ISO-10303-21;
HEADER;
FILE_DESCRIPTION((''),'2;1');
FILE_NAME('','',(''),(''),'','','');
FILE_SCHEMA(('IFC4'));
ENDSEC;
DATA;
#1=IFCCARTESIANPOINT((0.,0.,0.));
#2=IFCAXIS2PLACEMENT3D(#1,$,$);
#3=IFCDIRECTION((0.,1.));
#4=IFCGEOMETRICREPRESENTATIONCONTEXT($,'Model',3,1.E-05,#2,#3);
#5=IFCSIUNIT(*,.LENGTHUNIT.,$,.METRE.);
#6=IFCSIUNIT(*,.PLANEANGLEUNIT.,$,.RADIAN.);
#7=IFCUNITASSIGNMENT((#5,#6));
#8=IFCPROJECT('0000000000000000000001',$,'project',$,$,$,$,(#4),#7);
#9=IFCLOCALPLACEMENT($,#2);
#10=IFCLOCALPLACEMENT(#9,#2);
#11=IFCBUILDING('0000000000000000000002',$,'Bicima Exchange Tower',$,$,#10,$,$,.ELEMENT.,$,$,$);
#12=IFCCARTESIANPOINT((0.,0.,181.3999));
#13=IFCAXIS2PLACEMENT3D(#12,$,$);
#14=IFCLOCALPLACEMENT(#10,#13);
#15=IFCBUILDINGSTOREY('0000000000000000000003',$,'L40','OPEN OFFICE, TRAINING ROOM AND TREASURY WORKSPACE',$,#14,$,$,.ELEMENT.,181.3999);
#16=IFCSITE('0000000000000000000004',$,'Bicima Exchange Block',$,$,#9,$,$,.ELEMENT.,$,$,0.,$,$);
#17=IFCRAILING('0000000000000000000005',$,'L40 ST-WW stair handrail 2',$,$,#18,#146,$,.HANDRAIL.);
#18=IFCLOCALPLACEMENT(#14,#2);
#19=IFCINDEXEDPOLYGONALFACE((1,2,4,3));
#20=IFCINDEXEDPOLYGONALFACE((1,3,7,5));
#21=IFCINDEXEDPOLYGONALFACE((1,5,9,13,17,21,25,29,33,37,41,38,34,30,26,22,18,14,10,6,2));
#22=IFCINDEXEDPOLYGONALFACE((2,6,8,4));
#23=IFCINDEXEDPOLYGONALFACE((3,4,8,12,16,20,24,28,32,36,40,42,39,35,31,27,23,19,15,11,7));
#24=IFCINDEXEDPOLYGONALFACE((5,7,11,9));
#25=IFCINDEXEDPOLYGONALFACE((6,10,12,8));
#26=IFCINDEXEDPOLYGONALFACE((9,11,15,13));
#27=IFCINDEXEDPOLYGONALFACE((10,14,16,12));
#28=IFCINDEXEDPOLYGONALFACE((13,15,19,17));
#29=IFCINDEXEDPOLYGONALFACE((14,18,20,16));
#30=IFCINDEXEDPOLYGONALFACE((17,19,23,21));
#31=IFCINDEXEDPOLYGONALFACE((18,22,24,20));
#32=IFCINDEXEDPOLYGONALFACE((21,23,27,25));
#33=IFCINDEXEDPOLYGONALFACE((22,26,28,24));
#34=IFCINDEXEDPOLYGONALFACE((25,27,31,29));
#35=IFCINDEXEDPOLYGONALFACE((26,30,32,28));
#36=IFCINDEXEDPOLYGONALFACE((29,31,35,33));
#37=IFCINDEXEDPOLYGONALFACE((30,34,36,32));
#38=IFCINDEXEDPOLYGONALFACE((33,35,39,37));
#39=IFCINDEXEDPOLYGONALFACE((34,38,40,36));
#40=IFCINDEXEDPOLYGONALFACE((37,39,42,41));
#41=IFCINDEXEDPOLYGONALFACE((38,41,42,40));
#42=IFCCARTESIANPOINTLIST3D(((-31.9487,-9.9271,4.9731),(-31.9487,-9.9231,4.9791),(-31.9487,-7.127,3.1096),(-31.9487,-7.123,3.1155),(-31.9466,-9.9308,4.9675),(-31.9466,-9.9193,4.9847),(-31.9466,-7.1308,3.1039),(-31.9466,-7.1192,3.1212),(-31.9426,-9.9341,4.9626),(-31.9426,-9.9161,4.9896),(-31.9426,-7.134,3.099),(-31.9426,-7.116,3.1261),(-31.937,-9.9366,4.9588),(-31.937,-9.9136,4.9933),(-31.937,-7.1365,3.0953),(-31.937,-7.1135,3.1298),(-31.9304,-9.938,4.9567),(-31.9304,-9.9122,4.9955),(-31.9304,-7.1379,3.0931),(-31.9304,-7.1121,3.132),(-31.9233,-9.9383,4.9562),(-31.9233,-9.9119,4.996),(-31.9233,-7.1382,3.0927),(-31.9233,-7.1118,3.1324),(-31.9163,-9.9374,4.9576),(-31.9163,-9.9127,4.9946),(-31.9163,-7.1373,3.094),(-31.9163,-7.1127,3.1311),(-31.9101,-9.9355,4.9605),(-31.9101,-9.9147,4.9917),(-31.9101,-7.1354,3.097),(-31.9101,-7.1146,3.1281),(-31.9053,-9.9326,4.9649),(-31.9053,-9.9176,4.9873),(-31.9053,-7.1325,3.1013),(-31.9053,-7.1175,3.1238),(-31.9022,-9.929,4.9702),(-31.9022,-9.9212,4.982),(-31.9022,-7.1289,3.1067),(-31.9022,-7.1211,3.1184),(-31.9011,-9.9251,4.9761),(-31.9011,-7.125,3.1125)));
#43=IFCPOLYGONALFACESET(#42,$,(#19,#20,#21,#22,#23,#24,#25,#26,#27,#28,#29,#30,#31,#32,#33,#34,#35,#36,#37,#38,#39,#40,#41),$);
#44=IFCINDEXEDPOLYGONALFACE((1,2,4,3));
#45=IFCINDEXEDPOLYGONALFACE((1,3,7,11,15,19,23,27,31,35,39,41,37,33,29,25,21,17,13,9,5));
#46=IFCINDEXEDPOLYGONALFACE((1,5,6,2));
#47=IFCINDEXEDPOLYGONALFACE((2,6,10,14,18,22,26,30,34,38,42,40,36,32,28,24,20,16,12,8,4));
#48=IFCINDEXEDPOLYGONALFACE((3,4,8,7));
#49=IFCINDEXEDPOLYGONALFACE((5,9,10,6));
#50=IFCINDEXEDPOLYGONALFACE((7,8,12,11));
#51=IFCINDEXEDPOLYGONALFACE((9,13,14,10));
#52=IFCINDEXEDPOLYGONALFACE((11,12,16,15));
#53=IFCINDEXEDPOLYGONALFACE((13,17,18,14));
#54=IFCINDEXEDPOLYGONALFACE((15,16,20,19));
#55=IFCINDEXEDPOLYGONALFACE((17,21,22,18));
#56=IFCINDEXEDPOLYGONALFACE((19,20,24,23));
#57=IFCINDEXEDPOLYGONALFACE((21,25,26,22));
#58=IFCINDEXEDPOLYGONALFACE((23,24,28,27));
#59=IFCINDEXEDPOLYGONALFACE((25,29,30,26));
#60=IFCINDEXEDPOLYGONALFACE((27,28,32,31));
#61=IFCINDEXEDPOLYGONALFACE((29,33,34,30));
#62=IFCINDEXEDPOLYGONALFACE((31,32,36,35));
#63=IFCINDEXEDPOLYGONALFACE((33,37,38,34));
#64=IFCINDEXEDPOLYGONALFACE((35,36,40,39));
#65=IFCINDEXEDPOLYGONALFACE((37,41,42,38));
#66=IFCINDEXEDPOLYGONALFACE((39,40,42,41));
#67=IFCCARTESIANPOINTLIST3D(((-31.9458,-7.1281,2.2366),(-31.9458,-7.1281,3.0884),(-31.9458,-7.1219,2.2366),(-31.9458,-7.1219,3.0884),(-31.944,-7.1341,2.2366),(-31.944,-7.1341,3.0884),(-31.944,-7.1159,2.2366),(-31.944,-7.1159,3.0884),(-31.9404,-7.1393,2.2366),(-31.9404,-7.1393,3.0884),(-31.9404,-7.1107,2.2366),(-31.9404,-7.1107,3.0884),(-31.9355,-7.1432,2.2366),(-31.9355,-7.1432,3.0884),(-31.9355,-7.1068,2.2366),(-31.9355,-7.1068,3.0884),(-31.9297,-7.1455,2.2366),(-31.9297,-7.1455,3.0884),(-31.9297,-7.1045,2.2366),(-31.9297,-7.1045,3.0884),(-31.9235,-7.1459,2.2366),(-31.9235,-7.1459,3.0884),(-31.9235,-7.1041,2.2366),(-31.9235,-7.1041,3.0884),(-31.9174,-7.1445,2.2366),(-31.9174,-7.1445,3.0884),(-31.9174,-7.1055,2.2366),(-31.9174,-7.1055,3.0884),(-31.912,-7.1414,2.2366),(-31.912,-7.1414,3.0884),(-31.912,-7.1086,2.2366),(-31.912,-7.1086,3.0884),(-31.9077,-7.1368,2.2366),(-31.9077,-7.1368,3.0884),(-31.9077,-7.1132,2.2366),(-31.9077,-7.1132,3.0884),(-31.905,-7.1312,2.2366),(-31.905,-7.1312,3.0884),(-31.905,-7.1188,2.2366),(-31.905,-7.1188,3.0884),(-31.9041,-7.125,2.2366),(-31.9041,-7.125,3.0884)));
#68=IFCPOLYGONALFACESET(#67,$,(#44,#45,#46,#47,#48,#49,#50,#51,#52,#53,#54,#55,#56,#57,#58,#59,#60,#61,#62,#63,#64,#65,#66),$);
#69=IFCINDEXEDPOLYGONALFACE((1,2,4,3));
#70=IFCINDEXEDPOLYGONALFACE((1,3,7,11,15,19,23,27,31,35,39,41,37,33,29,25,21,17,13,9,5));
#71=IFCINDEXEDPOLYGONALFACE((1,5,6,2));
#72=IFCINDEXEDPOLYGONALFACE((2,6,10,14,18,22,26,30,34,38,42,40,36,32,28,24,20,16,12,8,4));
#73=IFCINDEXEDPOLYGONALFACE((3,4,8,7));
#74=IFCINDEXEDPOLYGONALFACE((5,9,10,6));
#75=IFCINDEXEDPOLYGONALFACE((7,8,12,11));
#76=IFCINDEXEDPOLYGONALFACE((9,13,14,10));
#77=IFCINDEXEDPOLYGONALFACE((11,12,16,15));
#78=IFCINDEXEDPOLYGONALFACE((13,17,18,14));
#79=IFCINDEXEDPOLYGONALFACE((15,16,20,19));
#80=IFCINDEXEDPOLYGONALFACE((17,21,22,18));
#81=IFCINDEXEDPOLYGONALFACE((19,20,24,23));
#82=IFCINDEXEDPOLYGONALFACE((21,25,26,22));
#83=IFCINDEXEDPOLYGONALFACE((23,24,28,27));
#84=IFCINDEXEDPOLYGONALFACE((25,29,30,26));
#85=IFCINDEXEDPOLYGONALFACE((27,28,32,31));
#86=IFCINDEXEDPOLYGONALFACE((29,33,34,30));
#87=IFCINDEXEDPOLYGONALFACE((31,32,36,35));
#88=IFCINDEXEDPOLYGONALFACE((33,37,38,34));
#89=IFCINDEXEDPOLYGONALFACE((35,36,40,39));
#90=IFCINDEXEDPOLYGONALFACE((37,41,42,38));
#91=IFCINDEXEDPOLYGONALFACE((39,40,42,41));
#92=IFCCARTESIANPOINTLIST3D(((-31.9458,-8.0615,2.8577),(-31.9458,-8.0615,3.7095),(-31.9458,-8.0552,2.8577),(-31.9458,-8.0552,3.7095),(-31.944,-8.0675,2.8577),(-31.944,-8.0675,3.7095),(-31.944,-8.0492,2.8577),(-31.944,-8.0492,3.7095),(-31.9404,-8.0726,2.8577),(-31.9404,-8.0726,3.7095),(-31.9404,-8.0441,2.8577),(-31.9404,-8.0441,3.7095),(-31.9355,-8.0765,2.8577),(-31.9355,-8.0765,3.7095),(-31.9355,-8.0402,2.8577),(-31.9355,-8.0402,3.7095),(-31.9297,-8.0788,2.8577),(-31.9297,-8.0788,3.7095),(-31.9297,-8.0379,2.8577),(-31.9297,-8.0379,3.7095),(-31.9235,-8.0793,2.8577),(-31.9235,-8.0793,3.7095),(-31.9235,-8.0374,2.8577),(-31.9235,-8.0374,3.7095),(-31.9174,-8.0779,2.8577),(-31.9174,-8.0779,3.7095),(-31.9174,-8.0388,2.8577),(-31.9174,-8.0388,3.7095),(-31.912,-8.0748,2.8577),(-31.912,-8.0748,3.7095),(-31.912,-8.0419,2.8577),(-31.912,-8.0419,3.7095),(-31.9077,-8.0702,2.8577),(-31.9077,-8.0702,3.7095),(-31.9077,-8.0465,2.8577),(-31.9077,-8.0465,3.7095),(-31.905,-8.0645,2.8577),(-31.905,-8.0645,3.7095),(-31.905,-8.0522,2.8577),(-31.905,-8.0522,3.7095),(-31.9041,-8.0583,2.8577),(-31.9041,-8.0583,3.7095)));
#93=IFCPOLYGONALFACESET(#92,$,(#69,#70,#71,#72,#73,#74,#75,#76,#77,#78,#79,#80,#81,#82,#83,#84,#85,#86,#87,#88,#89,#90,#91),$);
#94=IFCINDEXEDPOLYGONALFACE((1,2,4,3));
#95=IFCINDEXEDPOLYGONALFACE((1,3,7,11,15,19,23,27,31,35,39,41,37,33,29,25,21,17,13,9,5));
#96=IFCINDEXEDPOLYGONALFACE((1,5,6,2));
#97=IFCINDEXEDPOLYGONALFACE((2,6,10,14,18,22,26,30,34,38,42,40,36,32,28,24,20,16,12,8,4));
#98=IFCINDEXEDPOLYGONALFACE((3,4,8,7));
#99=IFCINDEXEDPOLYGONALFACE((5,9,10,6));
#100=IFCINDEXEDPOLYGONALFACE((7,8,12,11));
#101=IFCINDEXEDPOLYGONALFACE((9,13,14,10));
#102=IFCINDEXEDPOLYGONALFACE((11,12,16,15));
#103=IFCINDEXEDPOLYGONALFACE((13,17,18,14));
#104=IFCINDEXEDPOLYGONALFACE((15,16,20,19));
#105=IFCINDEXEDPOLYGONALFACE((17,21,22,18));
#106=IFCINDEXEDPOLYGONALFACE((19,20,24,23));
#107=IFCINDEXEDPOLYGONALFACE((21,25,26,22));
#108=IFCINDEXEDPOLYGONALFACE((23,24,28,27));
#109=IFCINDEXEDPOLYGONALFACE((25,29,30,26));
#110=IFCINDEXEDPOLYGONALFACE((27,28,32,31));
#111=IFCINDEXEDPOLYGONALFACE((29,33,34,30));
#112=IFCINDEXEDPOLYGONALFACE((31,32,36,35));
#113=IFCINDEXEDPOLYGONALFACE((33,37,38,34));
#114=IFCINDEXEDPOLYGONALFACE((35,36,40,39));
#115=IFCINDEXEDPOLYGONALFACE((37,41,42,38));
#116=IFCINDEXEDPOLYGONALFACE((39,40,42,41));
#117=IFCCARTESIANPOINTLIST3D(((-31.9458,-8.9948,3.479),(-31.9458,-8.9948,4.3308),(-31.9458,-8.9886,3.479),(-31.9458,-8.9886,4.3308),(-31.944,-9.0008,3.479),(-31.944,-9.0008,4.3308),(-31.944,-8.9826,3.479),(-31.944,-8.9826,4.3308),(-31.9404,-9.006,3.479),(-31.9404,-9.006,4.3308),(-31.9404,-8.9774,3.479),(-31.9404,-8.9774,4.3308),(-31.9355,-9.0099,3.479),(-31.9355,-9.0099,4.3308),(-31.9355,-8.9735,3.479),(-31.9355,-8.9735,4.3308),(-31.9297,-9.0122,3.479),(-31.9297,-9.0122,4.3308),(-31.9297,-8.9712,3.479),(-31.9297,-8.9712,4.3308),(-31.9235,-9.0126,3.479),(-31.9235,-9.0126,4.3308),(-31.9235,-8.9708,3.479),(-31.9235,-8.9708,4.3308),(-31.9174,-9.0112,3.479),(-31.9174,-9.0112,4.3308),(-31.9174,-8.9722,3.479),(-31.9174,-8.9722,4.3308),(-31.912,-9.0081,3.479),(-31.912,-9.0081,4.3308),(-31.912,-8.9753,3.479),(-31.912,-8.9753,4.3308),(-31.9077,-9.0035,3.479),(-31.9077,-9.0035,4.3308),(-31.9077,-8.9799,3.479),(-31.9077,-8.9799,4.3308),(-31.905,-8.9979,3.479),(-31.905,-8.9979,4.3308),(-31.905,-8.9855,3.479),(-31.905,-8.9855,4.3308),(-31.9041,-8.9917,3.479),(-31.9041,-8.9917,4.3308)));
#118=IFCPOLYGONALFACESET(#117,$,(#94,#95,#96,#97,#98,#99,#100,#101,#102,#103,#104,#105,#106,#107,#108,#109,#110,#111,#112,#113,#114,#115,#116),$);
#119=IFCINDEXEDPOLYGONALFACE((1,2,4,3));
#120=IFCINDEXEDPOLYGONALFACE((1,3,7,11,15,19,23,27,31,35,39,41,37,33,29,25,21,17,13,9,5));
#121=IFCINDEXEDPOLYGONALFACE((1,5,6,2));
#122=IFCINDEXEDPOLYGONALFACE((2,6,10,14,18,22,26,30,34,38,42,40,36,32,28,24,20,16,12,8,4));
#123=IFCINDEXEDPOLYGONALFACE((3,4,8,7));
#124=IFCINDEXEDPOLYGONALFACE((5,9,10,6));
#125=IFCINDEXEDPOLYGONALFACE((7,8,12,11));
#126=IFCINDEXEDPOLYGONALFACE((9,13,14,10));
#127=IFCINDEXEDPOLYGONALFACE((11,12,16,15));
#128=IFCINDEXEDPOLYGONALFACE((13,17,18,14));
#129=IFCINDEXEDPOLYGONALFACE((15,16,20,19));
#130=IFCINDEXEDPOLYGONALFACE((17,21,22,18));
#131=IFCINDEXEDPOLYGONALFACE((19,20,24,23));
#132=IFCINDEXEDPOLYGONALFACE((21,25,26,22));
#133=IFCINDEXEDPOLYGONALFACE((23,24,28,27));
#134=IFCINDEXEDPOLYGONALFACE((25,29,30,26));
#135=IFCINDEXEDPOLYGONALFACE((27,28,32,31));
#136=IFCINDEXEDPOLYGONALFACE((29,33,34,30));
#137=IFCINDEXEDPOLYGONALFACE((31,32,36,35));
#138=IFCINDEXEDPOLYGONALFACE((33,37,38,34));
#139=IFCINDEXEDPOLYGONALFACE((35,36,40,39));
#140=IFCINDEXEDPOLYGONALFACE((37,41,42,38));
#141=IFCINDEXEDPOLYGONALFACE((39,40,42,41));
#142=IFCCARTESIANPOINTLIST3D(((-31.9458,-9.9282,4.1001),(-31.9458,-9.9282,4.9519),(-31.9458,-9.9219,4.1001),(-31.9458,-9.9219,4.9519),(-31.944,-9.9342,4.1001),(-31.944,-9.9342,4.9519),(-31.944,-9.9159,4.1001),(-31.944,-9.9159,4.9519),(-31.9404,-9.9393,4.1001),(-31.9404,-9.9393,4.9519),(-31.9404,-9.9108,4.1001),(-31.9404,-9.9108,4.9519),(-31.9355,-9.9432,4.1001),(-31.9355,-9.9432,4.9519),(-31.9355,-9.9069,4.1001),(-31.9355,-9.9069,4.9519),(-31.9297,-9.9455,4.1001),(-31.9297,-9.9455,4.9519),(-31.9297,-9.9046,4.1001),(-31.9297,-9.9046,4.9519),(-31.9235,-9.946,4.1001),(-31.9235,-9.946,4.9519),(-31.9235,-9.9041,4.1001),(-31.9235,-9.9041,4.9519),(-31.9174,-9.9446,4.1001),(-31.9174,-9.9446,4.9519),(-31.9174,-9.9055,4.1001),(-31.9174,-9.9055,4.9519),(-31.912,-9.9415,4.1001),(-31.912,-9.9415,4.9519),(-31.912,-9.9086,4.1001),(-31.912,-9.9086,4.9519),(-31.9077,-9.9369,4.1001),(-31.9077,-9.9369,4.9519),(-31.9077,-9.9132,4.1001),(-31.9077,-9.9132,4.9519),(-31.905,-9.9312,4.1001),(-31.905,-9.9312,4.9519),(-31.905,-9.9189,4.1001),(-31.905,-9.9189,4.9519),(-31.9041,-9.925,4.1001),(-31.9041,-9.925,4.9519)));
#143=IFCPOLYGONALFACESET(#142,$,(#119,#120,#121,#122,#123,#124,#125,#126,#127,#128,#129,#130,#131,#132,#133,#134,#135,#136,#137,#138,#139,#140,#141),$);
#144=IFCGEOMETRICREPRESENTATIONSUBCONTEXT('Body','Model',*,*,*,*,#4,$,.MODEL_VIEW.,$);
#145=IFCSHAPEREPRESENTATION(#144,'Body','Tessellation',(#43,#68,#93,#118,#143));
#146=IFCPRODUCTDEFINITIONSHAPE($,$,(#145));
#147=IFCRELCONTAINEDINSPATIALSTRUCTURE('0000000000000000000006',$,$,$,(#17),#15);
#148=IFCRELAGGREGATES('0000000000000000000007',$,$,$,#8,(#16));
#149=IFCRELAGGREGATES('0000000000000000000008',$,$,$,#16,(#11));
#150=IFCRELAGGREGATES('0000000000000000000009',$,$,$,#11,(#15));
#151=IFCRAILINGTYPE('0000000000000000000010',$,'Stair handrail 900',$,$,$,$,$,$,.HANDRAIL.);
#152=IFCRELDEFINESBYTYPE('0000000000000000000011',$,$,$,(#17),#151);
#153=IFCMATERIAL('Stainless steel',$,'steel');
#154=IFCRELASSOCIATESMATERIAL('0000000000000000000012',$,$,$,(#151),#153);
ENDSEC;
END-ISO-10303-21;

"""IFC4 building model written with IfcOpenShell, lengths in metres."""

from ifc_helpers import new_model, si_unit, direction, frame, origin, origin_2d, place, context, subcontext, project, spatial, circle, extrude, material, type_object, element, save


model = new_model("IFC4")

# Units and contexts
model_context = context("Model", 3, precision=1e-05, world=origin(), true_north=direction((0.0, 1.0)))
body_context = subcontext(model_context, "Body", "Model", "MODEL_VIEW")
ifc_project = project(units=[si_unit("LENGTHUNIT", "METRE"), si_unit("PLANEANGLEUNIT", "RADIAN")], contexts=[model_context])

# Site, building, storey
site_placement = place(None, origin())
site = spatial("IfcSite", under=ifc_project, at=site_placement, Name="Bicima Exchange Block", CompositionType="ELEMENT", RefElevation=0.0)
building_placement = place(site_placement, origin())
building = spatial("IfcBuilding", under=site, at=building_placement, Name="Bicima Exchange Tower", CompositionType="ELEMENT")
storey_placement = place(building_placement, frame((0.0, 0.0, 181.3999)))
storey = spatial("IfcBuildingStorey", under=building, at=storey_placement, Name="L40", Description="OPEN OFFICE, TRAINING ROOM AND TREASURY WORKSPACE", CompositionType="ELEMENT", Elevation=181.3999)

# Railing
ifc_material_1 = material(Name="Stainless steel", Category="steel")
railing_type = type_object("IfcRailingType", Name="Stair handrail 900", PredefinedType="HANDRAIL", material=ifc_material_1)
railing_placement = place(storey_placement, frame((-31.925, -7.125, 2.2366)))
element("IfcRailing", 1, at=railing_placement, inside=storey, type_object=railing_type, Name="L40 ST-WW stair handrail 2", PredefinedType="HANDRAIL", context=body_context, shape_type="SweptSolid", body=[
    extrude(circle(Radius=0.0239, at=origin_2d()), frame((0.0, 0.0, 0.876), z_axis=(0.0, -0.832486, 0.554047), x_axis=(1.0, 0.0, 0.0)), (0.0, 0.0, 1.0), 3.3635),
    extrude(circle(Radius=0.021, at=origin_2d()), origin(), (0.0, 0.0, 1.0), 0.8518),
    extrude(circle(Radius=0.021, at=origin_2d()), frame((0.0, -0.9333, 0.6211)), (0.0, 0.0, 1.0), 0.8518),
    extrude(circle(Radius=0.021, at=origin_2d()), frame((0.0, -1.8667, 1.2424)), (0.0, 0.0, 1.0), 0.8518),
    extrude(circle(Radius=0.021, at=origin_2d()), frame((0.0, -2.8, 1.8635)), (0.0, 0.0, 1.0), 0.8518),
])

save(model, "model.ifc")
